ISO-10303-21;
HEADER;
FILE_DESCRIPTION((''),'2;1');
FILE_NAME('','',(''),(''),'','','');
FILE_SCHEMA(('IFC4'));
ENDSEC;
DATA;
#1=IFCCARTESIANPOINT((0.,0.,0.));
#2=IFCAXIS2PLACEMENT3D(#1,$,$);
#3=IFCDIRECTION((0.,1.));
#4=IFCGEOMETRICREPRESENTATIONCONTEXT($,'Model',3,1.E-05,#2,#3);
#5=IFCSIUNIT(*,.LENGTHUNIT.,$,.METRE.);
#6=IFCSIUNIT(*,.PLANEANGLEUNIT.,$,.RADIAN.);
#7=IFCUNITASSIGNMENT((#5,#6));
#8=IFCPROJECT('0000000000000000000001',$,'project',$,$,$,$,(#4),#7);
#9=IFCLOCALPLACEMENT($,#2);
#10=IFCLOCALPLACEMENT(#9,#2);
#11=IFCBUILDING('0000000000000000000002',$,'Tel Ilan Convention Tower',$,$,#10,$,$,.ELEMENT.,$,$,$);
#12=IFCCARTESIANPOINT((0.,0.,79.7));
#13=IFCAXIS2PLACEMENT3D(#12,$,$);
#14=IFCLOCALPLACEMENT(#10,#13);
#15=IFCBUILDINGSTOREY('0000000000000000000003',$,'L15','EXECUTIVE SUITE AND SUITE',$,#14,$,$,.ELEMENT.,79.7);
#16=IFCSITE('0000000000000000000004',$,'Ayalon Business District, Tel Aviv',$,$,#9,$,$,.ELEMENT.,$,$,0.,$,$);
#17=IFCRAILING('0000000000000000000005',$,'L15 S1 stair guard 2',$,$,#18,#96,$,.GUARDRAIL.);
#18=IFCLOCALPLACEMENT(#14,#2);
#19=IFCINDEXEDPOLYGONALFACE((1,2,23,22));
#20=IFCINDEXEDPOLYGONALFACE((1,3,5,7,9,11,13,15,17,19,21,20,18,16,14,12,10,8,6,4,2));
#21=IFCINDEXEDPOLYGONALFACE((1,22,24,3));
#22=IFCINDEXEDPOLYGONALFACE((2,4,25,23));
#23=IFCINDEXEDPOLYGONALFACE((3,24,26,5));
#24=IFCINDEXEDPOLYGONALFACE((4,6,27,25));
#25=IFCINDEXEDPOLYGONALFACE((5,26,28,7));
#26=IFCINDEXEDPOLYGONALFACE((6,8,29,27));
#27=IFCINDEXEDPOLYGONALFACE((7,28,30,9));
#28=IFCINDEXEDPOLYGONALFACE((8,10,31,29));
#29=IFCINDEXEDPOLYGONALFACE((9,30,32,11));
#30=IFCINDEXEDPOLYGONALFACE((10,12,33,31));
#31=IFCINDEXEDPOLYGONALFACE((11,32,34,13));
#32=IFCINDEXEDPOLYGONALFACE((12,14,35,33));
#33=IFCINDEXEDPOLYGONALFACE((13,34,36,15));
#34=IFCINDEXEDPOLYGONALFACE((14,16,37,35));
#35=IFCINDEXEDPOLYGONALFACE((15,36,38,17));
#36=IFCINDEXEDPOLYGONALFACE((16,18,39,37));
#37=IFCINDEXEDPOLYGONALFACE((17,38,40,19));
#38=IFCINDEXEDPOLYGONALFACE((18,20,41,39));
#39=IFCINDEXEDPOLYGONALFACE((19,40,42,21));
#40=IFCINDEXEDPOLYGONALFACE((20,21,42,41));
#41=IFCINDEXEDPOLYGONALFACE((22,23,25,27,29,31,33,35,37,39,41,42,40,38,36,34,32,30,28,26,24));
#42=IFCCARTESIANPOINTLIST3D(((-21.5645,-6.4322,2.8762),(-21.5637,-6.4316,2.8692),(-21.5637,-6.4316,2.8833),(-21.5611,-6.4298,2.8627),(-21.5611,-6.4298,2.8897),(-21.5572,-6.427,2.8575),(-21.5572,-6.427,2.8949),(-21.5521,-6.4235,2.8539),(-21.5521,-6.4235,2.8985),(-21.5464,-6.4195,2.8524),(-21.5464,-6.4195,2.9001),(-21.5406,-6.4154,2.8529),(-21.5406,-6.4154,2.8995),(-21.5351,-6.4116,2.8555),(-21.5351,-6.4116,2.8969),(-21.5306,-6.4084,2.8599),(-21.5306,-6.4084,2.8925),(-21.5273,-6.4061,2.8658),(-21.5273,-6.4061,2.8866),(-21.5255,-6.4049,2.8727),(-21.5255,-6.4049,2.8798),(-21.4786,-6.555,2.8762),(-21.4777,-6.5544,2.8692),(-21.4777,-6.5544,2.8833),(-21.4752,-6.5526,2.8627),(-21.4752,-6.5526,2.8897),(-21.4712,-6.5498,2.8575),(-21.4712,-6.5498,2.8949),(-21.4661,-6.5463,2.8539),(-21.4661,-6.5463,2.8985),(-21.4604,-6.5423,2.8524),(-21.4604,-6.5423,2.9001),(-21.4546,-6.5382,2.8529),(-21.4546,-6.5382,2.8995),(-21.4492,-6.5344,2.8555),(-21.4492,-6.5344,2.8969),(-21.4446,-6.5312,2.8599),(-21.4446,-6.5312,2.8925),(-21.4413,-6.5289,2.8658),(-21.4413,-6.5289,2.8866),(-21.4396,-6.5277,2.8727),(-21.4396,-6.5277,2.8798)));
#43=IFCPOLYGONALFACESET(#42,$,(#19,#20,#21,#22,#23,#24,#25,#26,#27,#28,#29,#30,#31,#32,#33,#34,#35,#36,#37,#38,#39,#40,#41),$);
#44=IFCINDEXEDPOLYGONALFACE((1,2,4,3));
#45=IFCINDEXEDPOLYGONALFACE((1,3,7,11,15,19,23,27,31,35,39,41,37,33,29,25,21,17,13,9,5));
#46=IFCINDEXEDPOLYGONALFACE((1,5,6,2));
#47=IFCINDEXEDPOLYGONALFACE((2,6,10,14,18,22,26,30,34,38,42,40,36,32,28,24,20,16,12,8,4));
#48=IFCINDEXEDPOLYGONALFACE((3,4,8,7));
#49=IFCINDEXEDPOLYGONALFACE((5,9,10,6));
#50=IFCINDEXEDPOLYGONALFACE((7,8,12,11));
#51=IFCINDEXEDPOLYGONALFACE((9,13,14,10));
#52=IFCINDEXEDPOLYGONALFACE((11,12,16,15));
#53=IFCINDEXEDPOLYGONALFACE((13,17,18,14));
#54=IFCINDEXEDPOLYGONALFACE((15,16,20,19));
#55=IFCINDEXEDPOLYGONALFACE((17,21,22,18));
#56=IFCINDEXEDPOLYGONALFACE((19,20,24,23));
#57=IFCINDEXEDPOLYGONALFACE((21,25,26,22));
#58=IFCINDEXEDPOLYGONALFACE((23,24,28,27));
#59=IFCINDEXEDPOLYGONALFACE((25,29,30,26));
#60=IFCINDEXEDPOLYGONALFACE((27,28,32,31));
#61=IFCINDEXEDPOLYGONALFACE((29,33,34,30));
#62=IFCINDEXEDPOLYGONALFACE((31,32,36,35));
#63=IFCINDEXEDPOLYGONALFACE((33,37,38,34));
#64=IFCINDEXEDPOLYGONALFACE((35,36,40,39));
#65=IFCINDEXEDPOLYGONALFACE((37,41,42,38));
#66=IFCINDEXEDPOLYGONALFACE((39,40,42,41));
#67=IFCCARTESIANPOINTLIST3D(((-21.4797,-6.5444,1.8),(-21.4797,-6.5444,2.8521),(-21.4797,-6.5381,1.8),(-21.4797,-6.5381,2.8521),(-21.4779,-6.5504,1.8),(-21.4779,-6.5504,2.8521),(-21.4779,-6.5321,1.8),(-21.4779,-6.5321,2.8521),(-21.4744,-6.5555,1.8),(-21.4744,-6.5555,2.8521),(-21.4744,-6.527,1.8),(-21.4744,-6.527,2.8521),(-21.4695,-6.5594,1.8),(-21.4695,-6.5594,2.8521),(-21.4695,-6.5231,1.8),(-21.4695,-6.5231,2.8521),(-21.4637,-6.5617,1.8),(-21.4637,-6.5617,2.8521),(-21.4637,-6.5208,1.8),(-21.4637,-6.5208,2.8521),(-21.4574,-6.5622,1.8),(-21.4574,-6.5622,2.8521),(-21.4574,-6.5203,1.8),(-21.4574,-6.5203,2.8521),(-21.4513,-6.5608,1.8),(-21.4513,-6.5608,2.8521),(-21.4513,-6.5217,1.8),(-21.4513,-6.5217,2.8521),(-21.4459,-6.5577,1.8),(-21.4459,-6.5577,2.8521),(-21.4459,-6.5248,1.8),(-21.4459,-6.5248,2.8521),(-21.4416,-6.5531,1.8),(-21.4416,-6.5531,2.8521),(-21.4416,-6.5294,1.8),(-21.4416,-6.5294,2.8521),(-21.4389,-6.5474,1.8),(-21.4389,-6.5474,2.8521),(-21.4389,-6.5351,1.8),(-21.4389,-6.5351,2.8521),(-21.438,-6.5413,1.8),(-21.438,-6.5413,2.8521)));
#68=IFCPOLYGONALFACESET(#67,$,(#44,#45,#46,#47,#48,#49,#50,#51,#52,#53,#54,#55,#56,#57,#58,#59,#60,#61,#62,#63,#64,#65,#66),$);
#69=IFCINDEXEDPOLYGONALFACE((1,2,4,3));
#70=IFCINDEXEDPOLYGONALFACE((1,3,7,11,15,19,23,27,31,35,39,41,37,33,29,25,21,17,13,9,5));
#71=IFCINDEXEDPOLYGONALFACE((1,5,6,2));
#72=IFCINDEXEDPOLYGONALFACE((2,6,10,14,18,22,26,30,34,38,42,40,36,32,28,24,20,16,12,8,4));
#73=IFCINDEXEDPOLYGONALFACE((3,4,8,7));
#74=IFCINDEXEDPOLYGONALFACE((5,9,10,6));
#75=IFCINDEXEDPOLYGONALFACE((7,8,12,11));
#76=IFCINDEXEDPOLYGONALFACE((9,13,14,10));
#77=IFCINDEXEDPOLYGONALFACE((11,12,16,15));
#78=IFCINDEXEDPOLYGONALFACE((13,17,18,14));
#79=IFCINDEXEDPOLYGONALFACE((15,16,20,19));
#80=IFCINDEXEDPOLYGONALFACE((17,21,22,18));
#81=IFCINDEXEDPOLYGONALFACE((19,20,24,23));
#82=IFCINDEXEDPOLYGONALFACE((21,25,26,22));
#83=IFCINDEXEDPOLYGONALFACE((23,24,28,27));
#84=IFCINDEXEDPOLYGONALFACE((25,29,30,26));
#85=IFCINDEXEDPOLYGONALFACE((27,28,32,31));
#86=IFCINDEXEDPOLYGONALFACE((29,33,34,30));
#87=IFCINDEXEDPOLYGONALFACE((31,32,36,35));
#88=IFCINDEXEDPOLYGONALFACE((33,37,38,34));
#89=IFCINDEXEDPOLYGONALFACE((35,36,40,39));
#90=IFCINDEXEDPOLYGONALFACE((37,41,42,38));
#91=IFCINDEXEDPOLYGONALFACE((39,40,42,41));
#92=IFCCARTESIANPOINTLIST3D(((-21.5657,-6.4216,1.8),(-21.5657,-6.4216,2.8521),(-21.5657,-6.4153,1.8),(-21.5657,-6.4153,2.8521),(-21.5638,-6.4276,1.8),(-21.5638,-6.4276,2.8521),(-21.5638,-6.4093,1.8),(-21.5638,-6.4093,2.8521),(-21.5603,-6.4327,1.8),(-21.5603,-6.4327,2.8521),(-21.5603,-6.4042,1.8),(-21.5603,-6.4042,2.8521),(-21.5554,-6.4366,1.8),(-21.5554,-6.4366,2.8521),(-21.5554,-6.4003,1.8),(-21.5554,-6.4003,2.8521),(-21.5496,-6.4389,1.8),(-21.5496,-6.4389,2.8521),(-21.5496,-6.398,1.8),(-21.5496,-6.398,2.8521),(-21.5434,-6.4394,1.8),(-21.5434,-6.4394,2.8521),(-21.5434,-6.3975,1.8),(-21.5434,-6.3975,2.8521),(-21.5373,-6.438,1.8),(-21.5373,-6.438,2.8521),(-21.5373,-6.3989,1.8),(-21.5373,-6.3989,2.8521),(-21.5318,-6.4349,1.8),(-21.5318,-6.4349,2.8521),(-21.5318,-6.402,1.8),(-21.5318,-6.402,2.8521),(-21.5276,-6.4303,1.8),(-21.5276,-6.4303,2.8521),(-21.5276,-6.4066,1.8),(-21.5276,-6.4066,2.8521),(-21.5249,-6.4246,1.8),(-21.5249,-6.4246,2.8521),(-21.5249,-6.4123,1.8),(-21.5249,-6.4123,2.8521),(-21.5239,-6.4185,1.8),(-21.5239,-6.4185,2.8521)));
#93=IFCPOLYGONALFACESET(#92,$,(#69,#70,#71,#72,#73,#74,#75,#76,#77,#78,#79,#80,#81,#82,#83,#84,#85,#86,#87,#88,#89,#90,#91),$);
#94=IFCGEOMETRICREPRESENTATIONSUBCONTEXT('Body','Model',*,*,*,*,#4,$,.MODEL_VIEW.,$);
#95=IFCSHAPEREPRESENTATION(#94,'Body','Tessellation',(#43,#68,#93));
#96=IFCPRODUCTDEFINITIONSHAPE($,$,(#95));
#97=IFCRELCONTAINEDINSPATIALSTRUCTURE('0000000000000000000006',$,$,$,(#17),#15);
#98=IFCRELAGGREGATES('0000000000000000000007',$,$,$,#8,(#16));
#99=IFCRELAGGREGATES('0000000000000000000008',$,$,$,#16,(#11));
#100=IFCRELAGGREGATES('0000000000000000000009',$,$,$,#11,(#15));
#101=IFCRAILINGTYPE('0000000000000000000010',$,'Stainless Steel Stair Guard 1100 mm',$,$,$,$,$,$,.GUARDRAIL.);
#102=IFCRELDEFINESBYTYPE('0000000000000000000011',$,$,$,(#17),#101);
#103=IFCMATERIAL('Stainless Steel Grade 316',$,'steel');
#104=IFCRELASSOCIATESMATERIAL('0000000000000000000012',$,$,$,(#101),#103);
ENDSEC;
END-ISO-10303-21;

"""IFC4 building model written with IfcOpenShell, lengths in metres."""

from ifc_helpers import new_model, si_unit, direction, frame, origin, origin_2d, place, context, subcontext, project, spatial, circle, extrude, material, type_object, element, save


model = new_model("IFC4")

# Units and contexts
model_context = context("Model", 3, precision=1e-05, world=origin(), true_north=direction((0.0, 1.0)))
body_context = subcontext(model_context, "Body", "Model", "MODEL_VIEW")
ifc_project = project(units=[si_unit("LENGTHUNIT", "METRE"), si_unit("PLANEANGLEUNIT", "RADIAN")], contexts=[model_context])

# Site, building, storey
site_placement = place(None, origin())
site = spatial("IfcSite", under=ifc_project, at=site_placement, Name="Ayalon Business District, Tel Aviv", CompositionType="ELEMENT", RefElevation=0.0)
building_placement = place(site_placement, origin())
building = spatial("IfcBuilding", under=site, at=building_placement, Name="Tel Ilan Convention Tower", CompositionType="ELEMENT")
storey_placement = place(building_placement, frame((0.0, 0.0, 79.7)))
storey = spatial("IfcBuildingStorey", under=building, at=storey_placement, Name="L15", Description="EXECUTIVE SUITE AND SUITE", CompositionType="ELEMENT", Elevation=79.7)

# Railing
ifc_material_1 = material(Name="Stainless Steel Grade 316", Category="steel")
railing_type_1 = type_object("IfcRailingType", Name="Stainless Steel Stair Guard 1100 mm", PredefinedType="GUARDRAIL", material=ifc_material_1)
railing_1_placement = place(storey_placement, frame((-21.459, -6.5413, 1.8)))
element("IfcRailing", 1, at=railing_1_placement, inside=storey, type_object=railing_type_1, Name="L15 S1 stair guard 2", PredefinedType="GUARDRAIL", context=body_context, shape_type="SweptSolid", body=[
    extrude(circle(Radius=0.0239, at=origin_2d()), frame((0.0, 0.0, 1.0762), z_axis=(-0.573353, 0.819308, 0.0), x_axis=(-0.819308, -0.573353, 0.0)), (0.0, 0.0, 1.0), 0.1499),
    extrude(circle(Radius=0.021, at=origin_2d()), origin(), (0.0, 0.0, 1.0), 1.052),
    extrude(circle(Radius=0.021, at=origin_2d()), frame((-0.0859, 0.1228, 0.0)), (0.0, 0.0, 1.0), 1.052),
])

save(model, "model.ifc")
